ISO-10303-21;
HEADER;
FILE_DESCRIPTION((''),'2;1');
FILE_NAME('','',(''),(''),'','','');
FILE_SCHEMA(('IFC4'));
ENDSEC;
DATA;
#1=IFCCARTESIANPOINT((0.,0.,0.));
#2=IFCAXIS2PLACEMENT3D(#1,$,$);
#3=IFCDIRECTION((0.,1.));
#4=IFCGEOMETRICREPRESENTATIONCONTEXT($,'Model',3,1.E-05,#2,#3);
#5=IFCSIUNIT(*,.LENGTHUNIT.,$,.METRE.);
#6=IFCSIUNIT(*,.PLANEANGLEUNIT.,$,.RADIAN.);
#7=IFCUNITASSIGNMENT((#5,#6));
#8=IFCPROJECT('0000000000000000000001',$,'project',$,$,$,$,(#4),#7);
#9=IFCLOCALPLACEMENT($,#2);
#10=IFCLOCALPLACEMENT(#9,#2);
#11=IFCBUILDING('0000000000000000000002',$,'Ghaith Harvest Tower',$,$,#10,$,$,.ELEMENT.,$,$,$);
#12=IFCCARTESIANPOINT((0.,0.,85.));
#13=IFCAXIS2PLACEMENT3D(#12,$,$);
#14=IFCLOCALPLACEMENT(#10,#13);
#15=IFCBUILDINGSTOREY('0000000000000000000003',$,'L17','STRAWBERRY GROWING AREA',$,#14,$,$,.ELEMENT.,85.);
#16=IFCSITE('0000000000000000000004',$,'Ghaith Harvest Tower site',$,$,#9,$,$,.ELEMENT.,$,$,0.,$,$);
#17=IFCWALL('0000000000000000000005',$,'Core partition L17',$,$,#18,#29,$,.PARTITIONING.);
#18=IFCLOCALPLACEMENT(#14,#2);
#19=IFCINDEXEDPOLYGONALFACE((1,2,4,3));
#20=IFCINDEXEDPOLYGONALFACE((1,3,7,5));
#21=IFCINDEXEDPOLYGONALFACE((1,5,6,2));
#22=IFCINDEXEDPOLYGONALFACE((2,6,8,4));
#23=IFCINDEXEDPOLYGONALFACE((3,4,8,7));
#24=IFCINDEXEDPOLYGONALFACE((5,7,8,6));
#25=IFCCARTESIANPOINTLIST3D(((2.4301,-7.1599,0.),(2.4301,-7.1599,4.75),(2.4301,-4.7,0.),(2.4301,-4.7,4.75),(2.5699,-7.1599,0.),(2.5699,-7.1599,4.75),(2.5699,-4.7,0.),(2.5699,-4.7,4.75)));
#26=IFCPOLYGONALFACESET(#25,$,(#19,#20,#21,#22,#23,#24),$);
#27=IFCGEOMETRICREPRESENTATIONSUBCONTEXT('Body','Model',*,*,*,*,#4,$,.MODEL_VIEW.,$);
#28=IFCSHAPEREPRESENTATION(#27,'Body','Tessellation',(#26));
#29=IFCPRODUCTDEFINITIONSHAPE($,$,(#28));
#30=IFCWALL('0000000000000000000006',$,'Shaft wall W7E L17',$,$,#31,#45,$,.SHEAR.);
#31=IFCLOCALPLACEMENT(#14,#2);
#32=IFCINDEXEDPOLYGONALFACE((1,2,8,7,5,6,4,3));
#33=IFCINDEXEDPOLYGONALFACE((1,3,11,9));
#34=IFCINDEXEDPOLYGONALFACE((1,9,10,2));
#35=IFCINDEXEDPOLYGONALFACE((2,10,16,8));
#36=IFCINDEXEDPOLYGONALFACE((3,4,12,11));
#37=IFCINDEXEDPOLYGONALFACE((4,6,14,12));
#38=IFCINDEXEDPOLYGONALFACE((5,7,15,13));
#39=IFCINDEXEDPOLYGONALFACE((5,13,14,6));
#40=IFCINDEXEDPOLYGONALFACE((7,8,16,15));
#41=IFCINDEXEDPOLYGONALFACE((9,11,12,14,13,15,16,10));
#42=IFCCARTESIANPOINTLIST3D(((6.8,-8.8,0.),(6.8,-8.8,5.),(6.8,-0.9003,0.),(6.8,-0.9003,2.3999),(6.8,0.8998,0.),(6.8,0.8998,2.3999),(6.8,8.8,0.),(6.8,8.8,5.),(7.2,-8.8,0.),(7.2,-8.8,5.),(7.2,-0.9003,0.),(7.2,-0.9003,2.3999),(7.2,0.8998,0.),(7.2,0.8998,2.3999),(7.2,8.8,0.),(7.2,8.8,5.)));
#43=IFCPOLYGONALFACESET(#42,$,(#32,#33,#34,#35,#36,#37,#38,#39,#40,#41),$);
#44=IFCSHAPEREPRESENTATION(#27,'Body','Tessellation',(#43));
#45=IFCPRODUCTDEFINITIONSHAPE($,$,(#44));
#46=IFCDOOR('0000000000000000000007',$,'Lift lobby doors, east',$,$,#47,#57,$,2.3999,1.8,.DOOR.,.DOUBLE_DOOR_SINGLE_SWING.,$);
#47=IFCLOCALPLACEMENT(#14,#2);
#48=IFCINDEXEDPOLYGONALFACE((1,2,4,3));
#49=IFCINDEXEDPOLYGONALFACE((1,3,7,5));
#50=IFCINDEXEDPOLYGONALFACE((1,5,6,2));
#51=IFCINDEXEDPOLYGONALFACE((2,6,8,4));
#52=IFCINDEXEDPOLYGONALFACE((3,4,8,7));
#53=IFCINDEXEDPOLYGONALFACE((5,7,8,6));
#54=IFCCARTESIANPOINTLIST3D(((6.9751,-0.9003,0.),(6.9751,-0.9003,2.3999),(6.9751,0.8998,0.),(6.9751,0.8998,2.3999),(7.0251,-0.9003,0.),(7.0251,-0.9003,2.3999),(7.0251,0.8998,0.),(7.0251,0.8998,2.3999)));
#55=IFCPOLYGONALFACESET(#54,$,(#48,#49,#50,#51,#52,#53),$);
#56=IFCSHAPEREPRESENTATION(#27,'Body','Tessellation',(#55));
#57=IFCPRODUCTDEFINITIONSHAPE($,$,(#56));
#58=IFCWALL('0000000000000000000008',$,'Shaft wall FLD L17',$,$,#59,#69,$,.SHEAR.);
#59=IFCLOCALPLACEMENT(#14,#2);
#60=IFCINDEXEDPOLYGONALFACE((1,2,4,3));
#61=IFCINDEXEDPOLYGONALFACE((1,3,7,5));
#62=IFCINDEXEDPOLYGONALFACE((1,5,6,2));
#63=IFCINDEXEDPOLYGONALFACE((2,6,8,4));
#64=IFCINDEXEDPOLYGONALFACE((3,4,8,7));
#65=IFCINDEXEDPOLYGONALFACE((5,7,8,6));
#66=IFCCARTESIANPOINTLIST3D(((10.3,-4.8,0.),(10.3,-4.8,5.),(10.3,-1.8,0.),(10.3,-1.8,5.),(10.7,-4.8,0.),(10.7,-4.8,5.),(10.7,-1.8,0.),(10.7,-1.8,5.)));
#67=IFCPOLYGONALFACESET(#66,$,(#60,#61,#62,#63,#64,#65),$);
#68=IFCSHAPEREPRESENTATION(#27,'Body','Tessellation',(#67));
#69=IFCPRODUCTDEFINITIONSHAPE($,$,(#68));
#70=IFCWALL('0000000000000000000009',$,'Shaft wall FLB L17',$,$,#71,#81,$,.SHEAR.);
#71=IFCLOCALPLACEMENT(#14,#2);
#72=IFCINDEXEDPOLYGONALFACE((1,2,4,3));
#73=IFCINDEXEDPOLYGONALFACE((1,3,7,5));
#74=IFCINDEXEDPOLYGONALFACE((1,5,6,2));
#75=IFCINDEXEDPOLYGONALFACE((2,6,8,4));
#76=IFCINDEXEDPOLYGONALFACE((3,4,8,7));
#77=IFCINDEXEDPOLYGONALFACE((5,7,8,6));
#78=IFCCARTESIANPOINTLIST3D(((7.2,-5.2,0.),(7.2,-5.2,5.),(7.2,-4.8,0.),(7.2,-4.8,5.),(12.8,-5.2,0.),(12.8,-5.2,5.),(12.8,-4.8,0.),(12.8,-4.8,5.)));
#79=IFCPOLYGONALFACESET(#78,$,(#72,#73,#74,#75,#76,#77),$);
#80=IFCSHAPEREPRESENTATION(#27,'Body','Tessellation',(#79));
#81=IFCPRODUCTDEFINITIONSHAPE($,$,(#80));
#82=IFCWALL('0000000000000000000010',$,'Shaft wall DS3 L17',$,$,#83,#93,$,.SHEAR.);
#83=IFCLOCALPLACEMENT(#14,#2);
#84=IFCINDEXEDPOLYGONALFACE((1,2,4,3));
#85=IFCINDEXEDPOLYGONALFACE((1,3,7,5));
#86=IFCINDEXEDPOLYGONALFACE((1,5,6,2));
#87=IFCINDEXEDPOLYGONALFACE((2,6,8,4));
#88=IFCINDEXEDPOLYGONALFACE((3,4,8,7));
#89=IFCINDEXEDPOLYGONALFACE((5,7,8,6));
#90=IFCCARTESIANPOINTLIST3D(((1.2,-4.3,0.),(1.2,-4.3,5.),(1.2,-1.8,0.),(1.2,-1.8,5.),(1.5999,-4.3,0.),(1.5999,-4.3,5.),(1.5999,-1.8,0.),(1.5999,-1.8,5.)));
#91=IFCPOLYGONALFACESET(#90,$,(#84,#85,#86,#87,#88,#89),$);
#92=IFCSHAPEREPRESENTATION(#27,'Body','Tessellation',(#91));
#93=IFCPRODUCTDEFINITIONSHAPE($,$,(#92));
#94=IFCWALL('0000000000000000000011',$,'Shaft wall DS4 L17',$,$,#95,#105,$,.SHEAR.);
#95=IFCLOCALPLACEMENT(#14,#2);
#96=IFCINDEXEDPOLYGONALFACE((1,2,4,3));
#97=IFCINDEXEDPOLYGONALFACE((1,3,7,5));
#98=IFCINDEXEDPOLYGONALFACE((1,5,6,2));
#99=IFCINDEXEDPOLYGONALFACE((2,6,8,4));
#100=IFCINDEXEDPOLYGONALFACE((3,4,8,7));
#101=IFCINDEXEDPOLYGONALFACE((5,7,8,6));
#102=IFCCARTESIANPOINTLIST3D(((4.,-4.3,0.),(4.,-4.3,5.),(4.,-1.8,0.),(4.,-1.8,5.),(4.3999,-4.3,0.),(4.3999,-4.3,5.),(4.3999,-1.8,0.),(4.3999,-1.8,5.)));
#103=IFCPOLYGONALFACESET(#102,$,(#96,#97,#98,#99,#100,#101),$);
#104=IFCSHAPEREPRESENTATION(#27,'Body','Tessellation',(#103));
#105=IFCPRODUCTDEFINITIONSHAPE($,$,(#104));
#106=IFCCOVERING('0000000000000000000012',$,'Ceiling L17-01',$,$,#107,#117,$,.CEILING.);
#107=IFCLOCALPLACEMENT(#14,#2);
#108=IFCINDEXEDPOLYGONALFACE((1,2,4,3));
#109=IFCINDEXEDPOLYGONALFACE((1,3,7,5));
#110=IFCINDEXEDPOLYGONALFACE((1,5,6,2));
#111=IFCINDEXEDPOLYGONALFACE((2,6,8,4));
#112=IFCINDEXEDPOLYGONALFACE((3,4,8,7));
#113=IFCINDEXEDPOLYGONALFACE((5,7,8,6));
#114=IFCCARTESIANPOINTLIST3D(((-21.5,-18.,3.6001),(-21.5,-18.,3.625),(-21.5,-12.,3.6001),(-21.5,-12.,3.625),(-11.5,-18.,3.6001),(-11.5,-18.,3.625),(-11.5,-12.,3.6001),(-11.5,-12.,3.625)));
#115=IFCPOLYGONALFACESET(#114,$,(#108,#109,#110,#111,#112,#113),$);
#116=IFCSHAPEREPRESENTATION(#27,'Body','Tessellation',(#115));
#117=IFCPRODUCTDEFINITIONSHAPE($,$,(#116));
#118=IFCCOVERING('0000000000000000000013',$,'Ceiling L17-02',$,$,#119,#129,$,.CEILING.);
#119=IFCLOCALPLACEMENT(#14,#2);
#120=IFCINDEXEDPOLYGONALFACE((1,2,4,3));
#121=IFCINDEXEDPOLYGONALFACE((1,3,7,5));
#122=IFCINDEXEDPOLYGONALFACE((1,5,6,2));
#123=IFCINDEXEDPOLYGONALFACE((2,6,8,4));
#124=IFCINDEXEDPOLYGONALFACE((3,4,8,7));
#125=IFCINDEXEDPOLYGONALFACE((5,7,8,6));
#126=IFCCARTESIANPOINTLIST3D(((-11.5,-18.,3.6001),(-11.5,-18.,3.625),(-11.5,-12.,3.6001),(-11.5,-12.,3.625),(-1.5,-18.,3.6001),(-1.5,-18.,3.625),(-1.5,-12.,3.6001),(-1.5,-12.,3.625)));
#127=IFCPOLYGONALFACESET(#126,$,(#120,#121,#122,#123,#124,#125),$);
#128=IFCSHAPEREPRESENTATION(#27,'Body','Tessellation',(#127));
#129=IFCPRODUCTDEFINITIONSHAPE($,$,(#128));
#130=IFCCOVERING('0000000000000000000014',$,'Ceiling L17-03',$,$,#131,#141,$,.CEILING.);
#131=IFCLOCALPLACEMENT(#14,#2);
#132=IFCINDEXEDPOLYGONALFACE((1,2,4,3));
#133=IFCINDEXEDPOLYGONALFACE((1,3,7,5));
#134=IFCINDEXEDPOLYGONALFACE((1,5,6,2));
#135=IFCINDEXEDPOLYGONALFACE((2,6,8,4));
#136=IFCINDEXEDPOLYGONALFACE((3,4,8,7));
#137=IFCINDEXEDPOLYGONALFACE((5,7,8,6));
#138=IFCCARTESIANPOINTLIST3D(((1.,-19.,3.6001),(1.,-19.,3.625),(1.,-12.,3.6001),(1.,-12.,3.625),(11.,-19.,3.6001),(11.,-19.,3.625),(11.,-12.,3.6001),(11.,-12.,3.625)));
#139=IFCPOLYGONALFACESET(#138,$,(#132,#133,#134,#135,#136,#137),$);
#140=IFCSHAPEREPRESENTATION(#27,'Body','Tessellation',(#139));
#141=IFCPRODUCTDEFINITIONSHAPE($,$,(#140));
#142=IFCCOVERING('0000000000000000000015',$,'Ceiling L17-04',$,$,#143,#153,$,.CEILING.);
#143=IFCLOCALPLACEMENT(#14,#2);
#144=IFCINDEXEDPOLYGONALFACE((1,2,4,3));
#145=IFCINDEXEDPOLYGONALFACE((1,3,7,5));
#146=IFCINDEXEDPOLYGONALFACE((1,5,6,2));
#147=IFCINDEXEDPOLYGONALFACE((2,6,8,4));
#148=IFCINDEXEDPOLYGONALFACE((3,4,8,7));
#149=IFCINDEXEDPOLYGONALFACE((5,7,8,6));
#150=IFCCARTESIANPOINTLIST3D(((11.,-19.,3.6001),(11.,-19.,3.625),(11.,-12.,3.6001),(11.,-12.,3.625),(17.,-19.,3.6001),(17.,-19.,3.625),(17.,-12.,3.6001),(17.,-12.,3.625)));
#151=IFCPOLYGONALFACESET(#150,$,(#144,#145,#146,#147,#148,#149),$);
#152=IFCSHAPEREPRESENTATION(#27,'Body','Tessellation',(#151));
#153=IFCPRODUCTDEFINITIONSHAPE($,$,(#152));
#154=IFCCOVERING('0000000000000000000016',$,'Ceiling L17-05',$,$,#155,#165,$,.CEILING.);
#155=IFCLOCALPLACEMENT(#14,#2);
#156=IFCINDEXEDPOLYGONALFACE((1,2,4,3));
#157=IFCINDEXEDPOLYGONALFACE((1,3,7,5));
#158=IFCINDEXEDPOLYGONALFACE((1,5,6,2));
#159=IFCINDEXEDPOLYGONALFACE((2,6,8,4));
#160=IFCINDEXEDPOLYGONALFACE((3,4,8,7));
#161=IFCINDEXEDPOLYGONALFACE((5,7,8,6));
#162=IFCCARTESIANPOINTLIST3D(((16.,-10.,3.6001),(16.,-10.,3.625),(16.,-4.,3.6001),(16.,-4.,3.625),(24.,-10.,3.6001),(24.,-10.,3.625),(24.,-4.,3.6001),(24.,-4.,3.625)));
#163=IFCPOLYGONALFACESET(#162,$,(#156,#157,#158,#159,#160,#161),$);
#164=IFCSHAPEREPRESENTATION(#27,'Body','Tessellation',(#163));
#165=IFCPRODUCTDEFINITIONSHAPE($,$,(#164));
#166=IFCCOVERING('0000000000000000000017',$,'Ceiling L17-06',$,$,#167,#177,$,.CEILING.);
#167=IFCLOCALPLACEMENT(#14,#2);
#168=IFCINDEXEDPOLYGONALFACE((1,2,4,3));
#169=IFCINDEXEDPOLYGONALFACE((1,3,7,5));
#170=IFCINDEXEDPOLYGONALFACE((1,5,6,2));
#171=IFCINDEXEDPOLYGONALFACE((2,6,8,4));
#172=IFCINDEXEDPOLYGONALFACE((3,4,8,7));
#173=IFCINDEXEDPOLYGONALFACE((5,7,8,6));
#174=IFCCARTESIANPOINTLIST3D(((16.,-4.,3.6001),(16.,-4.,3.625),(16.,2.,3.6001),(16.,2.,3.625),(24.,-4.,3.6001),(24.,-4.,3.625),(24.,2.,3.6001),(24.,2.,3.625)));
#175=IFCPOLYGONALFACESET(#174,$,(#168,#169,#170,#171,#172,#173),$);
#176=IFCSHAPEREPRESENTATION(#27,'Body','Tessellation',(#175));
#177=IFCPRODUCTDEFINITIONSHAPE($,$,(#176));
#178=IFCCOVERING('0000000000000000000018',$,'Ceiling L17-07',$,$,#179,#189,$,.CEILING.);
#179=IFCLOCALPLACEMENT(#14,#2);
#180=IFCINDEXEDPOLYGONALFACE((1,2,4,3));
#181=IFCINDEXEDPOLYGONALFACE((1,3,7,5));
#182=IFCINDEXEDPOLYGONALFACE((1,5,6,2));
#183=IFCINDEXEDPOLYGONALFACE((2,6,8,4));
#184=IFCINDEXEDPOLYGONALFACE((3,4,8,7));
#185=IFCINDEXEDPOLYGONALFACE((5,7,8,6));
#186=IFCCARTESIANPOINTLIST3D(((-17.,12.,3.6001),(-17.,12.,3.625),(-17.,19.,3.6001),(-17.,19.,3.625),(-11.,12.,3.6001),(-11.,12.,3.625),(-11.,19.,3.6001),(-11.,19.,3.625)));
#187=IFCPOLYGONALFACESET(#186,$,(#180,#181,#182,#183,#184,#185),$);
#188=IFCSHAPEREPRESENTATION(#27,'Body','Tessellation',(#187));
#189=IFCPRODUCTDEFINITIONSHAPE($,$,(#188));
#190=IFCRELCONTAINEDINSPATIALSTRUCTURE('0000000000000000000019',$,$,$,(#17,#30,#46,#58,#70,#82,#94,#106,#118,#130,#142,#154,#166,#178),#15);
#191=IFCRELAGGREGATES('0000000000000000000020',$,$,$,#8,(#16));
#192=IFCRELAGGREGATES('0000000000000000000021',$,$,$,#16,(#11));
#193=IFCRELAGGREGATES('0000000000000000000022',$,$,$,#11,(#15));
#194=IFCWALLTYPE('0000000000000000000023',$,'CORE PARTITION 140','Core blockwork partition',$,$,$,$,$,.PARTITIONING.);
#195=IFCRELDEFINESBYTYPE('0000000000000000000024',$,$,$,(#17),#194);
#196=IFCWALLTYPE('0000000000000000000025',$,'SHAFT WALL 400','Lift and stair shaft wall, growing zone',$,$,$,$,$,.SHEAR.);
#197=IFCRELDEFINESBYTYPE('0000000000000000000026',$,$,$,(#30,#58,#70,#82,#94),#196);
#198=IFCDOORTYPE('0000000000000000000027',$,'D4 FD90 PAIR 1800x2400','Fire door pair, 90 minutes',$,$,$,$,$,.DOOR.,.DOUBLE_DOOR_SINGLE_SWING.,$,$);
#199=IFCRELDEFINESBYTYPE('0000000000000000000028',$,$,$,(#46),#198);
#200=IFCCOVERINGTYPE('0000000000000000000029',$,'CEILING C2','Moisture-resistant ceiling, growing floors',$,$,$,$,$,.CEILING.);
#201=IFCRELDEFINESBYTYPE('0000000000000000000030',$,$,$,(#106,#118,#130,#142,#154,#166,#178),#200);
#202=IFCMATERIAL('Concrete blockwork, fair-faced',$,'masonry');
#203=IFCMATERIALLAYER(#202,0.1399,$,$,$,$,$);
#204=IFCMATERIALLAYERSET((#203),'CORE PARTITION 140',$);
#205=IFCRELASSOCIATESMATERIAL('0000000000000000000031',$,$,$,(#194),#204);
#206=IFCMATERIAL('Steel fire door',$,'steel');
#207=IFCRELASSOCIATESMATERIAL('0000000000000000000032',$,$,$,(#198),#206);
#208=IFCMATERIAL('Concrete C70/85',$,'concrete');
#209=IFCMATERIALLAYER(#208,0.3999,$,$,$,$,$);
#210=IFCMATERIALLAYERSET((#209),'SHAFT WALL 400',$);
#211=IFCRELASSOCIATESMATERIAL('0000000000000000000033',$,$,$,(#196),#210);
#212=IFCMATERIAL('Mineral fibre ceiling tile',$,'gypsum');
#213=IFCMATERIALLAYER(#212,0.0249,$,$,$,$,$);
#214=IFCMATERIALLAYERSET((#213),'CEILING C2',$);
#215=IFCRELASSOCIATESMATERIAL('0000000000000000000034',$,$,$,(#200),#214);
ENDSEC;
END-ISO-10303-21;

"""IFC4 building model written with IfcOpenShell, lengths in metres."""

from ifc_helpers import new_model, si_unit, direction, frame, frame_2d, origin, place, context, subcontext, project, spatial, polyline, rectangle, outline, extrude, material, layer, layer_set, type_object, element, fill, save


model = new_model("IFC4")

# Units and contexts
model_context = context("Model", 3, precision=1e-05, world=origin(), true_north=direction((0.0, 1.0)))
body_context = subcontext(model_context, "Body", "Model", "MODEL_VIEW")
ifc_project = project(units=[si_unit("LENGTHUNIT", "METRE"), si_unit("PLANEANGLEUNIT", "RADIAN")], contexts=[model_context])

# Site, building, storey
site_placement = place(None, origin())
site = spatial("IfcSite", under=ifc_project, at=site_placement, Name="Ghaith Harvest Tower site", CompositionType="ELEMENT", RefElevation=0.0)
building_placement = place(site_placement, origin())
building = spatial("IfcBuilding", under=site, at=building_placement, Name="Ghaith Harvest Tower", CompositionType="ELEMENT")
storey_placement = place(building_placement, frame((0.0, 0.0, 85.0)))
storey = spatial("IfcBuildingStorey", under=building, at=storey_placement, Name="L17", Description="STRAWBERRY GROWING AREA", CompositionType="ELEMENT", Elevation=85.0)

# Wall
ifc_material_1 = material(Name="Concrete blockwork, fair-faced", Category="masonry")
ifc_layer_1 = layer(ifc_material_1, 0.1399)
ifc_layer_set_1 = layer_set([ifc_layer_1], Name="CORE PARTITION 140")
wall_type_1 = type_object("IfcWallType", Name="CORE PARTITION 140", Description="Core blockwork partition", PredefinedType="PARTITIONING", material=ifc_layer_set_1)
wall_1_placement = place(storey_placement, frame((2.5, -4.7, 0.0), z_axis=(0.0, 0.0, 1.0), x_axis=(0.0, -1.0, 0.0)))
element("IfcWall", 1, at=wall_1_placement, inside=storey, type_object=wall_type_1, Name="Core partition L17", PredefinedType="PARTITIONING", context=body_context, shape_type="SweptSolid", body=[
    extrude(rectangle(XDim=2.46, YDim=0.1399, at=frame_2d((1.23, 0.0))), origin(), (0.0, 0.0, 1.0), 4.75),
])

# Wall, opening, door
ifc_material_2 = material(Name="Steel fire door", Category="steel")
door_type_1 = type_object("IfcDoorType", Name="D4 FD90 PAIR 1800x2400", Description="Fire door pair, 90 minutes", OperationType="DOUBLE_DOOR_SINGLE_SWING", PredefinedType="DOOR", material=ifc_material_2)
ifc_material_3 = material(Name="Concrete C70/85", Category="concrete")
ifc_layer_2 = layer(ifc_material_3, 0.3999)
ifc_layer_set_2 = layer_set([ifc_layer_2], Name="SHAFT WALL 400")
wall_type_2 = type_object("IfcWallType", Name="SHAFT WALL 400", Description="Lift and stair shaft wall, growing zone", PredefinedType="SHEAR", material=ifc_layer_set_2)
wall_2_placement = place(storey_placement, frame((7.0, -8.8, 0.0), z_axis=(0.0, 0.0, 1.0), x_axis=(0.0, 1.0, 0.0)))
wall_2 = element("IfcWall", 2, at=wall_2_placement, inside=storey, type_object=wall_type_2, Name="Shaft wall W7E L17", PredefinedType="SHEAR", context=body_context, shape_type="SweptSolid", body=[
    extrude(rectangle(XDim=17.6001, YDim=0.3999, at=frame_2d((8.8, 0.0))), origin(), (0.0, 0.0, 1.0), 5.0),
])
opening_1_placement = place(wall_2_placement, frame((7.8999, 0.0, 0.0)))
opening_1 = element("IfcOpeningElement", 3, at=opening_1_placement, cuts=wall_2, PredefinedType="OPENING", context=body_context, shape_type="SweptSolid", body=[
    extrude(rectangle(XDim=1.8, YDim=2.3999, at=frame_2d((0.8999, 1.2))), frame((0.0, 0.21, 0.0), z_axis=(0.0, -1.0, 0.0), x_axis=(1.0, 0.0, 0.0)), (0.0, 0.0, 1.0), 0.4199),
])
door_1_placement = place(opening_1_placement, origin())
door_1 = element("IfcDoor", 4, at=door_1_placement, inside=storey, type_object=door_type_1, Name="Lift lobby doors, east", OperationType="DOUBLE_DOOR_SINGLE_SWING", OverallHeight=2.3999, OverallWidth=1.8, PredefinedType="DOOR", context=body_context, shape_type="SweptSolid", body=[
    extrude(rectangle(XDim=1.8, YDim=2.3999, at=frame_2d((0.8999, 1.2))), frame((0.0, 0.0249, 0.0), z_axis=(0.0, -1.0, 0.0), x_axis=(1.0, 0.0, 0.0)), (0.0, 0.0, 1.0), 0.05),
])
fill(opening_1, door_1)

# Walls
wall_3_placement = place(storey_placement, frame((10.5, -4.8, 0.0), z_axis=(0.0, 0.0, 1.0), x_axis=(0.0, 1.0, 0.0)))
element("IfcWall", 5, at=wall_3_placement, inside=storey, type_object=wall_type_2, Name="Shaft wall FLD L17", PredefinedType="SHEAR", context=body_context, shape_type="SweptSolid", body=[
    extrude(rectangle(XDim=3.0, YDim=0.3999, at=frame_2d((1.5, 0.0))), origin(), (0.0, 0.0, 1.0), 5.0),
])
wall_4_placement = place(storey_placement, frame((7.2, -5.0, 0.0), z_axis=(0.0, 0.0, 1.0), x_axis=(1.0, 0.0, 0.0)))
element("IfcWall", 6, at=wall_4_placement, inside=storey, type_object=wall_type_2, Name="Shaft wall FLB L17", PredefinedType="SHEAR", context=body_context, shape_type="SweptSolid", body=[
    extrude(rectangle(XDim=5.6001, YDim=0.3999, at=frame_2d((2.8, 0.0))), origin(), (0.0, 0.0, 1.0), 5.0),
])
for number, where, z_axis, x_axis, name in (
    (7, (1.3999, -4.3, 0.0), (0.0, 0.0, 1.0), (0.0, 1.0, 0.0), "Shaft wall DS3 L17"),
    (8, (4.2, -4.3, 0.0), (0.0, 0.0, 1.0), (0.0, 1.0, 0.0), "Shaft wall DS4 L17"),
):
    element("IfcWall", number, at=place(storey_placement, frame(where, z_axis=z_axis, x_axis=x_axis)), inside=storey, type_object=wall_type_2, Name=name, PredefinedType="SHEAR", context=body_context, shape_type="SweptSolid", body=[
        extrude(rectangle(XDim=2.5, YDim=0.3999, at=frame_2d((1.25, 0.0))), origin(), (0.0, 0.0, 1.0), 5.0),
    ])

# Coverings
ifc_material_4 = material(Name="Mineral fibre ceiling tile", Category="gypsum")
ifc_layer_3 = layer(ifc_material_4, 0.0249)
ifc_layer_set_3 = layer_set([ifc_layer_3], Name="CEILING C2")
covering_type = type_object("IfcCoveringType", Name="CEILING C2", Description="Moisture-resistant ceiling, growing floors", PredefinedType="CEILING", material=ifc_layer_set_3)
covering_1_placement = place(storey_placement, frame((0.0, 0.0, 3.6001)))
element("IfcCovering", 9, at=covering_1_placement, inside=storey, type_object=covering_type, Name="Ceiling L17-01", PredefinedType="CEILING", context=body_context, shape_type="SweptSolid", body=[
    extrude(outline(polyline([(-21.5, -18.0), (-11.5, -18.0), (-11.5, -12.0), (-21.5, -12.0), (-21.5, -18.0)])), origin(), (0.0, 0.0, 1.0), 0.0249),
])
covering_2_placement = place(storey_placement, frame((0.0, 0.0, 3.6001)))
element("IfcCovering", 10, at=covering_2_placement, inside=storey, type_object=covering_type, Name="Ceiling L17-02", PredefinedType="CEILING", context=body_context, shape_type="SweptSolid", body=[
    extrude(outline(polyline([(-11.5, -18.0), (-1.5, -18.0), (-1.5, -12.0), (-11.5, -12.0), (-11.5, -18.0)])), origin(), (0.0, 0.0, 1.0), 0.0249),
])
covering_3_placement = place(storey_placement, frame((0.0, 0.0, 3.6001)))
element("IfcCovering", 11, at=covering_3_placement, inside=storey, type_object=covering_type, Name="Ceiling L17-03", PredefinedType="CEILING", context=body_context, shape_type="SweptSolid", body=[
    extrude(outline(polyline([(1.0, -19.0), (11.0, -19.0), (11.0, -12.0), (1.0, -12.0), (1.0, -19.0)])), origin(), (0.0, 0.0, 1.0), 0.0249),
])
covering_4_placement = place(storey_placement, frame((0.0, 0.0, 3.6001)))
element("IfcCovering", 12, at=covering_4_placement, inside=storey, type_object=covering_type, Name="Ceiling L17-04", PredefinedType="CEILING", context=body_context, shape_type="SweptSolid", body=[
    extrude(outline(polyline([(11.0, -19.0), (17.0, -19.0), (17.0, -12.0), (11.0, -12.0), (11.0, -19.0)])), origin(), (0.0, 0.0, 1.0), 0.0249),
])
covering_5_placement = place(storey_placement, frame((0.0, 0.0, 3.6001)))
element("IfcCovering", 13, at=covering_5_placement, inside=storey, type_object=covering_type, Name="Ceiling L17-05", PredefinedType="CEILING", context=body_context, shape_type="SweptSolid", body=[
    extrude(outline(polyline([(16.0, -10.0), (24.0, -10.0), (24.0, -4.0), (16.0, -4.0), (16.0, -10.0)])), origin(), (0.0, 0.0, 1.0), 0.0249),
])
covering_6_placement = place(storey_placement, frame((0.0, 0.0, 3.6001)))
element("IfcCovering", 14, at=covering_6_placement, inside=storey, type_object=covering_type, Name="Ceiling L17-06", PredefinedType="CEILING", context=body_context, shape_type="SweptSolid", body=[
    extrude(outline(polyline([(16.0, -4.0), (24.0, -4.0), (24.0, 2.0), (16.0, 2.0), (16.0, -4.0)])), origin(), (0.0, 0.0, 1.0), 0.0249),
])
covering_7_placement = place(storey_placement, frame((0.0, 0.0, 3.6001)))
element("IfcCovering", 15, at=covering_7_placement, inside=storey, type_object=covering_type, Name="Ceiling L17-07", PredefinedType="CEILING", context=body_context, shape_type="SweptSolid", body=[
    extrude(outline(polyline([(-17.0, 12.0), (-11.0, 12.0), (-11.0, 19.0), (-17.0, 19.0), (-17.0, 12.0)])), origin(), (0.0, 0.0, 1.0), 0.0249),
])

save(model, "model.ifc")
